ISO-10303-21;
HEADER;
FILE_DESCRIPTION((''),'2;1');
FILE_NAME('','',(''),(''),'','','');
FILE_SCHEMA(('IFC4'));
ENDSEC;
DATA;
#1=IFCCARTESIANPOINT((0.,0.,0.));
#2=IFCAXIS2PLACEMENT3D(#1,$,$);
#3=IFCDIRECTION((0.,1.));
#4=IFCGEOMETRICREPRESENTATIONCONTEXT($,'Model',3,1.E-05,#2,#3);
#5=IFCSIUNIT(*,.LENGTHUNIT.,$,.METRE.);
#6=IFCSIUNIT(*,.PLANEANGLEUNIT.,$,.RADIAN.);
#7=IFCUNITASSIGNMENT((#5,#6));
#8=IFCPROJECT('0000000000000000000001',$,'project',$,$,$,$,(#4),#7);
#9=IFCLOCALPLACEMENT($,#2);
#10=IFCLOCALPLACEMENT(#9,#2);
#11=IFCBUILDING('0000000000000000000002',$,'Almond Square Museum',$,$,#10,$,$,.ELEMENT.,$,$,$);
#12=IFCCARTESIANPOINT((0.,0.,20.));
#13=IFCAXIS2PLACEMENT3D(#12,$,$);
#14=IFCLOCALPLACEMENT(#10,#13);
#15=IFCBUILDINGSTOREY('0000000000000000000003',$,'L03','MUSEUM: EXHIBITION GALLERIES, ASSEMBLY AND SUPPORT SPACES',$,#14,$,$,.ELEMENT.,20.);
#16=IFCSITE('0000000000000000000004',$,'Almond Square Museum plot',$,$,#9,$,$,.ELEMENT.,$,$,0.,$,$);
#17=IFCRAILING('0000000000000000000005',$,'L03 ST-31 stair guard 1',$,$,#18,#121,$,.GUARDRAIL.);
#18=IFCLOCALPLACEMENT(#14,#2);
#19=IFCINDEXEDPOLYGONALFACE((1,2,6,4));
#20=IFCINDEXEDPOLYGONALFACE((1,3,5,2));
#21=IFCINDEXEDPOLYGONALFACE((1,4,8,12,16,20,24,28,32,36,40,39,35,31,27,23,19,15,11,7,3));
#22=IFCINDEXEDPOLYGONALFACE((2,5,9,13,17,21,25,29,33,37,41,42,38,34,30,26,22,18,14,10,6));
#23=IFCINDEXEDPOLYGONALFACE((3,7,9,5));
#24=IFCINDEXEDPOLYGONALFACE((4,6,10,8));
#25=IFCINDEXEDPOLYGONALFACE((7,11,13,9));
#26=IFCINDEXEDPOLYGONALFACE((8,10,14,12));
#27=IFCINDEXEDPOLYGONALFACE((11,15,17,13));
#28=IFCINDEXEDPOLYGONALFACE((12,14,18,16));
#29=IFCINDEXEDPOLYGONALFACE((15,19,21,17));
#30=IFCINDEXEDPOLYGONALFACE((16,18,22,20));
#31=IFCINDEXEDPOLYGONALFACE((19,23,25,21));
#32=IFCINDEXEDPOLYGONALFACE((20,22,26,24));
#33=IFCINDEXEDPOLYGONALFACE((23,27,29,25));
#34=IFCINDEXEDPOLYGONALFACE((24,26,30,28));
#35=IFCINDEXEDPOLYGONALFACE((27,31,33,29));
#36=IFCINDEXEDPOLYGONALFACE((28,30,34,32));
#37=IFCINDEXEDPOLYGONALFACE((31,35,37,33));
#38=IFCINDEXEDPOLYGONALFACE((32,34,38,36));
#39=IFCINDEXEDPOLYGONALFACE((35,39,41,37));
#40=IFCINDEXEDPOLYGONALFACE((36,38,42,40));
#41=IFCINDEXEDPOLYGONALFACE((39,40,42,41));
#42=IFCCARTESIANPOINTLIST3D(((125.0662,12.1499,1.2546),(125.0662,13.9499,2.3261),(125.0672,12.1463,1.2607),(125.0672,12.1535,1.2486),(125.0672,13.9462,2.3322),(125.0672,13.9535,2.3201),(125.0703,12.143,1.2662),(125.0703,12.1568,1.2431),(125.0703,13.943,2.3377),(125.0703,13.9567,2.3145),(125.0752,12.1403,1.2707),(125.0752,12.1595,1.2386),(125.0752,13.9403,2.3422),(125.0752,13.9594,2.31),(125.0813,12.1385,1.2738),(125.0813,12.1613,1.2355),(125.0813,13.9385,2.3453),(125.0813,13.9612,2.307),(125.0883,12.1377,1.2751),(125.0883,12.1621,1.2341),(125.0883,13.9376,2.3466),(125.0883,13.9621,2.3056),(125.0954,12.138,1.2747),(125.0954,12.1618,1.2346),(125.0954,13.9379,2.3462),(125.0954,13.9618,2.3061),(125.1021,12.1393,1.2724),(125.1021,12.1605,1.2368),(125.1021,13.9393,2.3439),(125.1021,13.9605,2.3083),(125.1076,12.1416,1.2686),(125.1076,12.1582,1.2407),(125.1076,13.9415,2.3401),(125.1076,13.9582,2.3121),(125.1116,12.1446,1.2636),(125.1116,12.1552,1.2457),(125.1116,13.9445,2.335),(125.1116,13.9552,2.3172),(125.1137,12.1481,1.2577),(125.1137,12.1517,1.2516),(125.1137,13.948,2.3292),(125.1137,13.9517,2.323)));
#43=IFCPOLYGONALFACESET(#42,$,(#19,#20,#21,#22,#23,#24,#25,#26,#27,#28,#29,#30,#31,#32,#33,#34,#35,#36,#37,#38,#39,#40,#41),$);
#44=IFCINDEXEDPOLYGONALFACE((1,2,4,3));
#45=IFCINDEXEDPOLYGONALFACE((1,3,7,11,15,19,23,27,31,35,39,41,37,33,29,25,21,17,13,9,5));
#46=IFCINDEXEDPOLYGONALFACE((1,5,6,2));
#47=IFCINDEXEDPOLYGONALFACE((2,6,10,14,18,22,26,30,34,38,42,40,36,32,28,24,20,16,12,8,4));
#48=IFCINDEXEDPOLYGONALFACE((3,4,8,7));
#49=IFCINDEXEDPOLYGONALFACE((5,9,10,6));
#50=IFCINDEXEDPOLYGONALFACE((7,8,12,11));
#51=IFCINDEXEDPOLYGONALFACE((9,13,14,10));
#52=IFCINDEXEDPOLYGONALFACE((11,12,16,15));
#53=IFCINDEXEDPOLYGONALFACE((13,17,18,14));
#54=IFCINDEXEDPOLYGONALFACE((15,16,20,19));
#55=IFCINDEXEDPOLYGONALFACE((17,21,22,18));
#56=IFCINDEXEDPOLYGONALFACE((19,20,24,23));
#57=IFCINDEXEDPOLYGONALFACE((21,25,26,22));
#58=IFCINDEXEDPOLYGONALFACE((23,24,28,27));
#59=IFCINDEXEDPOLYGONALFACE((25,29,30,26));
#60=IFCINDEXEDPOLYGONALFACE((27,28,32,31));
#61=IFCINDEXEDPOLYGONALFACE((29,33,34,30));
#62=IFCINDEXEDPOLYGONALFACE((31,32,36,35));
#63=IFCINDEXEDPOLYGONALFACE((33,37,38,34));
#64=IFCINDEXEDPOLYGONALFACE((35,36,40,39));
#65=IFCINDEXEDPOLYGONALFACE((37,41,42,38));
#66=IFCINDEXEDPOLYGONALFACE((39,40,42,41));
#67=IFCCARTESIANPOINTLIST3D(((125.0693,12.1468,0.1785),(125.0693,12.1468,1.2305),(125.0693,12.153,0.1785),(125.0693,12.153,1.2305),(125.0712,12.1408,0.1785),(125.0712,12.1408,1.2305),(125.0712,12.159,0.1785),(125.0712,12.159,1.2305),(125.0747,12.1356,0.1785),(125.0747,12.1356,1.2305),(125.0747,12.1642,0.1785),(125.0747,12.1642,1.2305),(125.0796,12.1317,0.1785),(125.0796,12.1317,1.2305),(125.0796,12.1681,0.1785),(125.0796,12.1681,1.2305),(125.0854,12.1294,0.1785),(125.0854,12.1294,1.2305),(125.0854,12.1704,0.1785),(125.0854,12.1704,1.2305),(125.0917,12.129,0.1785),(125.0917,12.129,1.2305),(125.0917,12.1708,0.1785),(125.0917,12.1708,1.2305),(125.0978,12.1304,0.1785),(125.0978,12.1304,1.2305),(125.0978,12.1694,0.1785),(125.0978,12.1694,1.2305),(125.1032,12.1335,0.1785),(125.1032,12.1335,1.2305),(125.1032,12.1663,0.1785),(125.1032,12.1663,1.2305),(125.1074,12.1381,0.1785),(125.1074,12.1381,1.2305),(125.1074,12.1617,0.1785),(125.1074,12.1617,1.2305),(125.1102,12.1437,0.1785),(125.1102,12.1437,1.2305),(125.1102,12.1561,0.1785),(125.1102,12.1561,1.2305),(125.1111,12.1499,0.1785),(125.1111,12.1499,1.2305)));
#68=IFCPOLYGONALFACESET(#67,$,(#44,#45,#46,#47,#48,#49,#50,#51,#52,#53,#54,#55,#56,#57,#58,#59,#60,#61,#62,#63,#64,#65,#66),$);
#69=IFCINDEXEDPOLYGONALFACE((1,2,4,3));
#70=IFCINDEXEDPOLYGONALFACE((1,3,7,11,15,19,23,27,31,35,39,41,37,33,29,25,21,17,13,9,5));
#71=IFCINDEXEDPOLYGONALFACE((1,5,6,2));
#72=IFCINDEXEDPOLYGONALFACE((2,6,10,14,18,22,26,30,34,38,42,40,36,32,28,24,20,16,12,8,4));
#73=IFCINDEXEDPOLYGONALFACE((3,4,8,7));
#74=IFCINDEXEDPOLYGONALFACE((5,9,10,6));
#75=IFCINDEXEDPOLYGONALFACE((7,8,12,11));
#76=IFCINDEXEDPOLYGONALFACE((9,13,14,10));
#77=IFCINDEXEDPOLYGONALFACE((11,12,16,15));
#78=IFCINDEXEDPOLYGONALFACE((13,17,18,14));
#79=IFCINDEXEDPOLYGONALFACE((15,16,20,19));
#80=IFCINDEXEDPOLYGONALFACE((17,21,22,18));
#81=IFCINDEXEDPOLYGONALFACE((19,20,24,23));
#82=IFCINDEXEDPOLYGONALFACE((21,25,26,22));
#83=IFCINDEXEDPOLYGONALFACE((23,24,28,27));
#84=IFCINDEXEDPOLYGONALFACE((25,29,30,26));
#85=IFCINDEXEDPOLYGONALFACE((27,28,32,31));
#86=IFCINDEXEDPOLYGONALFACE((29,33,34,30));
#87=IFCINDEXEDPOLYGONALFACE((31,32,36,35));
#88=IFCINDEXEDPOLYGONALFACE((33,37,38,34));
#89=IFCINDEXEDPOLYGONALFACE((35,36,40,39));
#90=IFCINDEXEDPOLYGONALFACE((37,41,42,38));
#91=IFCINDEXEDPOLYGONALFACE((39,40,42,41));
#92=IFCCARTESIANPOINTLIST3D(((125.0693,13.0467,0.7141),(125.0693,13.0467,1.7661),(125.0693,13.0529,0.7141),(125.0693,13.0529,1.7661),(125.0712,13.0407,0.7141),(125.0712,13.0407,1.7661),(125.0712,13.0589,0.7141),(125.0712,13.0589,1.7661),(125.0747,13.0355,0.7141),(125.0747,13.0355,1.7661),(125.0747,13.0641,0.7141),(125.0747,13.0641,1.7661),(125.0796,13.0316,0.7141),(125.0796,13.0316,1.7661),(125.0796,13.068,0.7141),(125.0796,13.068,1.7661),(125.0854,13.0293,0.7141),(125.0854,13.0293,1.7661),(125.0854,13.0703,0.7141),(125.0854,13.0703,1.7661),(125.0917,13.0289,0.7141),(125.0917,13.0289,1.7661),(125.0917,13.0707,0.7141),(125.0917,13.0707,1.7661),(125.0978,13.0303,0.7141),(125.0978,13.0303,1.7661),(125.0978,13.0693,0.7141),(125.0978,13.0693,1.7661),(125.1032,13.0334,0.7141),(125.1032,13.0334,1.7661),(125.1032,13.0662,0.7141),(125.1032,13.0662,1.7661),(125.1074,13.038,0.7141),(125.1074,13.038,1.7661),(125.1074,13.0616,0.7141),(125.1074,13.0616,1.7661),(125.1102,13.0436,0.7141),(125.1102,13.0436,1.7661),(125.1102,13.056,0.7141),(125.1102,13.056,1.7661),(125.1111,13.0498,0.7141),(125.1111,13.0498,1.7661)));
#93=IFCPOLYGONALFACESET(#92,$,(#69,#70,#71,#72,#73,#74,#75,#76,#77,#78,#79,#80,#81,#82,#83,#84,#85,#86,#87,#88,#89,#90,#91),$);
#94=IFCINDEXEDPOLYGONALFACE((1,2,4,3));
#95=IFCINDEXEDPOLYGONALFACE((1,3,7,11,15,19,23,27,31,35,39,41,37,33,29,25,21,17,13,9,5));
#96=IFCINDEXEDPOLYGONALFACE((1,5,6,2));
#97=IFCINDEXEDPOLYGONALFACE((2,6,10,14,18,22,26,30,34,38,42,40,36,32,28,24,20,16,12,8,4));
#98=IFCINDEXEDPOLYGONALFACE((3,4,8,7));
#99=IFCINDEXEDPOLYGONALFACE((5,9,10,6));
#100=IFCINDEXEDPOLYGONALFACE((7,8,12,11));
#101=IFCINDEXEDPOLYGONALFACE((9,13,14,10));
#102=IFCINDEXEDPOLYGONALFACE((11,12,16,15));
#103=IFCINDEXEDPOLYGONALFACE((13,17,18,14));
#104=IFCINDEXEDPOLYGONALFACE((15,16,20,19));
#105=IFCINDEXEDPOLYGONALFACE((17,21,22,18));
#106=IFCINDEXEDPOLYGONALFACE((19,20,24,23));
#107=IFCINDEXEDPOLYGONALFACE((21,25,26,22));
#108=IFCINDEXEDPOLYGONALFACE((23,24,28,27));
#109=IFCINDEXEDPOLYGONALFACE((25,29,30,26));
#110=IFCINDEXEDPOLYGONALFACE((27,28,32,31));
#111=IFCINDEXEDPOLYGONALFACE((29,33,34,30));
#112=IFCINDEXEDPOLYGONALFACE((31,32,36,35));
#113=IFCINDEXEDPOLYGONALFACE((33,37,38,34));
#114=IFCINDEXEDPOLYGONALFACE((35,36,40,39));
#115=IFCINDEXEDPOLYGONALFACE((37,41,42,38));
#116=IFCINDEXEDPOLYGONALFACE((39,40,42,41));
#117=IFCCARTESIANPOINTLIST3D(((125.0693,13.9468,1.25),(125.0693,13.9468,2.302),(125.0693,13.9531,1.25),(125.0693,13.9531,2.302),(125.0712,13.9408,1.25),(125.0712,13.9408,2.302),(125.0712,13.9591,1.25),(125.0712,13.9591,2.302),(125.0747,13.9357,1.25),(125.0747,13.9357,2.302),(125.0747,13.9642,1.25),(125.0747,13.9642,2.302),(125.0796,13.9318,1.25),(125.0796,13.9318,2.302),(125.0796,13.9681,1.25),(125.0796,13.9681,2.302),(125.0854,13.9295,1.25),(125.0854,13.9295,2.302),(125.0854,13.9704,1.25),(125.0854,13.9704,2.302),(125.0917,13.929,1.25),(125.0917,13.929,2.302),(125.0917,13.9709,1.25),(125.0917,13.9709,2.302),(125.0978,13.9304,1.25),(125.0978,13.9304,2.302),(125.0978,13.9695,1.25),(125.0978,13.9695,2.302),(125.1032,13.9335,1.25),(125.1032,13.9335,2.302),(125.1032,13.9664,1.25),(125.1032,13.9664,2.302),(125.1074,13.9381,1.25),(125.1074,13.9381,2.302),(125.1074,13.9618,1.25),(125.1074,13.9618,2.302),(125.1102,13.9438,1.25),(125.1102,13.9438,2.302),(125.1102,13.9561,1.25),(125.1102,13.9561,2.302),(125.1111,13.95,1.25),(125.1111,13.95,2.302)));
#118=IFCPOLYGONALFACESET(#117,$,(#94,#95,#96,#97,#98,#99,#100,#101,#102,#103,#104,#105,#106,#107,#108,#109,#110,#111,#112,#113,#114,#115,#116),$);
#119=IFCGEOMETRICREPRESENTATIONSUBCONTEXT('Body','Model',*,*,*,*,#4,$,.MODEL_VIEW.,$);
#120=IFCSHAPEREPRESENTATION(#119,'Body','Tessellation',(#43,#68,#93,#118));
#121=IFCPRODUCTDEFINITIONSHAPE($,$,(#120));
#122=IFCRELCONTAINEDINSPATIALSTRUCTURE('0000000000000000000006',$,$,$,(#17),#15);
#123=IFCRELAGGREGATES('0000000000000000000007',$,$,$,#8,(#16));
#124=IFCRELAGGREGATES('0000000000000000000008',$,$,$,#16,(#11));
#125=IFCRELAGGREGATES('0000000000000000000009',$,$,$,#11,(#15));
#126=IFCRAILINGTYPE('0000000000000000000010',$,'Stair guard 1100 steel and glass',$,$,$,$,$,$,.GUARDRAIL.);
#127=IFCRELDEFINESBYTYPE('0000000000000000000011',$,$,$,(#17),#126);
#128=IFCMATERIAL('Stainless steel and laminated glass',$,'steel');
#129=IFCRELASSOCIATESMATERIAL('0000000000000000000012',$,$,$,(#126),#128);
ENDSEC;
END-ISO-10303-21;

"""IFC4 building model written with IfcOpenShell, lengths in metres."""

from ifc_helpers import new_model, si_unit, direction, frame, origin, origin_2d, place, context, subcontext, project, spatial, circle, extrude, material, type_object, element, save


model = new_model("IFC4")

# Units and contexts
model_context = context("Model", 3, precision=1e-05, world=origin(), true_north=direction((0.0, 1.0)))
body_context = subcontext(model_context, "Body", "Model", "MODEL_VIEW")
ifc_project = project(units=[si_unit("LENGTHUNIT", "METRE"), si_unit("PLANEANGLEUNIT", "RADIAN")], contexts=[model_context])

# Site, building, storey
site_placement = place(None, origin())
site = spatial("IfcSite", under=ifc_project, at=site_placement, Name="Almond Square Museum plot", CompositionType="ELEMENT", RefElevation=0.0)
building_placement = place(site_placement, origin())
building = spatial("IfcBuilding", under=site, at=building_placement, Name="Almond Square Museum", CompositionType="ELEMENT")
storey_placement = place(building_placement, frame((0.0, 0.0, 20.0)))
storey = spatial("IfcBuildingStorey", under=building, at=storey_placement, Name="L03", Description="MUSEUM: EXHIBITION GALLERIES, ASSEMBLY AND SUPPORT SPACES", CompositionType="ELEMENT", Elevation=20.0)

# Railing
ifc_material_1 = material(Name="Stainless steel and laminated glass", Category="steel")
railing_type_1 = type_object("IfcRailingType", Name="Stair guard 1100 steel and glass", PredefinedType="GUARDRAIL", material=ifc_material_1)
railing_1_placement = place(storey_placement, frame((125.0901, 12.1499, 0.1785)))
element("IfcRailing", 1, at=railing_1_placement, inside=storey, type_object=railing_type_1, Name="L03 ST-31 stair guard 1", PredefinedType="GUARDRAIL", context=body_context, shape_type="SweptSolid", body=[
    extrude(circle(Radius=0.0239, at=origin_2d()), frame((0.0, 0.0, 1.0762), z_axis=(0.0, 0.859277, 0.51151), x_axis=(-1.0, 0.0, 0.0)), (0.0, 0.0, 1.0), 2.0947),
    extrude(circle(Radius=0.021, at=origin_2d()), origin(), (0.0, 0.0, 1.0), 1.052),
    extrude(circle(Radius=0.021, at=origin_2d()), frame((0.0, 0.8999, 0.5356)), (0.0, 0.0, 1.0), 1.052),
    extrude(circle(Radius=0.021, at=origin_2d()), frame((0.0, 1.8, 1.0715)), (0.0, 0.0, 1.0), 1.052),
])

save(model, "model.ifc")
